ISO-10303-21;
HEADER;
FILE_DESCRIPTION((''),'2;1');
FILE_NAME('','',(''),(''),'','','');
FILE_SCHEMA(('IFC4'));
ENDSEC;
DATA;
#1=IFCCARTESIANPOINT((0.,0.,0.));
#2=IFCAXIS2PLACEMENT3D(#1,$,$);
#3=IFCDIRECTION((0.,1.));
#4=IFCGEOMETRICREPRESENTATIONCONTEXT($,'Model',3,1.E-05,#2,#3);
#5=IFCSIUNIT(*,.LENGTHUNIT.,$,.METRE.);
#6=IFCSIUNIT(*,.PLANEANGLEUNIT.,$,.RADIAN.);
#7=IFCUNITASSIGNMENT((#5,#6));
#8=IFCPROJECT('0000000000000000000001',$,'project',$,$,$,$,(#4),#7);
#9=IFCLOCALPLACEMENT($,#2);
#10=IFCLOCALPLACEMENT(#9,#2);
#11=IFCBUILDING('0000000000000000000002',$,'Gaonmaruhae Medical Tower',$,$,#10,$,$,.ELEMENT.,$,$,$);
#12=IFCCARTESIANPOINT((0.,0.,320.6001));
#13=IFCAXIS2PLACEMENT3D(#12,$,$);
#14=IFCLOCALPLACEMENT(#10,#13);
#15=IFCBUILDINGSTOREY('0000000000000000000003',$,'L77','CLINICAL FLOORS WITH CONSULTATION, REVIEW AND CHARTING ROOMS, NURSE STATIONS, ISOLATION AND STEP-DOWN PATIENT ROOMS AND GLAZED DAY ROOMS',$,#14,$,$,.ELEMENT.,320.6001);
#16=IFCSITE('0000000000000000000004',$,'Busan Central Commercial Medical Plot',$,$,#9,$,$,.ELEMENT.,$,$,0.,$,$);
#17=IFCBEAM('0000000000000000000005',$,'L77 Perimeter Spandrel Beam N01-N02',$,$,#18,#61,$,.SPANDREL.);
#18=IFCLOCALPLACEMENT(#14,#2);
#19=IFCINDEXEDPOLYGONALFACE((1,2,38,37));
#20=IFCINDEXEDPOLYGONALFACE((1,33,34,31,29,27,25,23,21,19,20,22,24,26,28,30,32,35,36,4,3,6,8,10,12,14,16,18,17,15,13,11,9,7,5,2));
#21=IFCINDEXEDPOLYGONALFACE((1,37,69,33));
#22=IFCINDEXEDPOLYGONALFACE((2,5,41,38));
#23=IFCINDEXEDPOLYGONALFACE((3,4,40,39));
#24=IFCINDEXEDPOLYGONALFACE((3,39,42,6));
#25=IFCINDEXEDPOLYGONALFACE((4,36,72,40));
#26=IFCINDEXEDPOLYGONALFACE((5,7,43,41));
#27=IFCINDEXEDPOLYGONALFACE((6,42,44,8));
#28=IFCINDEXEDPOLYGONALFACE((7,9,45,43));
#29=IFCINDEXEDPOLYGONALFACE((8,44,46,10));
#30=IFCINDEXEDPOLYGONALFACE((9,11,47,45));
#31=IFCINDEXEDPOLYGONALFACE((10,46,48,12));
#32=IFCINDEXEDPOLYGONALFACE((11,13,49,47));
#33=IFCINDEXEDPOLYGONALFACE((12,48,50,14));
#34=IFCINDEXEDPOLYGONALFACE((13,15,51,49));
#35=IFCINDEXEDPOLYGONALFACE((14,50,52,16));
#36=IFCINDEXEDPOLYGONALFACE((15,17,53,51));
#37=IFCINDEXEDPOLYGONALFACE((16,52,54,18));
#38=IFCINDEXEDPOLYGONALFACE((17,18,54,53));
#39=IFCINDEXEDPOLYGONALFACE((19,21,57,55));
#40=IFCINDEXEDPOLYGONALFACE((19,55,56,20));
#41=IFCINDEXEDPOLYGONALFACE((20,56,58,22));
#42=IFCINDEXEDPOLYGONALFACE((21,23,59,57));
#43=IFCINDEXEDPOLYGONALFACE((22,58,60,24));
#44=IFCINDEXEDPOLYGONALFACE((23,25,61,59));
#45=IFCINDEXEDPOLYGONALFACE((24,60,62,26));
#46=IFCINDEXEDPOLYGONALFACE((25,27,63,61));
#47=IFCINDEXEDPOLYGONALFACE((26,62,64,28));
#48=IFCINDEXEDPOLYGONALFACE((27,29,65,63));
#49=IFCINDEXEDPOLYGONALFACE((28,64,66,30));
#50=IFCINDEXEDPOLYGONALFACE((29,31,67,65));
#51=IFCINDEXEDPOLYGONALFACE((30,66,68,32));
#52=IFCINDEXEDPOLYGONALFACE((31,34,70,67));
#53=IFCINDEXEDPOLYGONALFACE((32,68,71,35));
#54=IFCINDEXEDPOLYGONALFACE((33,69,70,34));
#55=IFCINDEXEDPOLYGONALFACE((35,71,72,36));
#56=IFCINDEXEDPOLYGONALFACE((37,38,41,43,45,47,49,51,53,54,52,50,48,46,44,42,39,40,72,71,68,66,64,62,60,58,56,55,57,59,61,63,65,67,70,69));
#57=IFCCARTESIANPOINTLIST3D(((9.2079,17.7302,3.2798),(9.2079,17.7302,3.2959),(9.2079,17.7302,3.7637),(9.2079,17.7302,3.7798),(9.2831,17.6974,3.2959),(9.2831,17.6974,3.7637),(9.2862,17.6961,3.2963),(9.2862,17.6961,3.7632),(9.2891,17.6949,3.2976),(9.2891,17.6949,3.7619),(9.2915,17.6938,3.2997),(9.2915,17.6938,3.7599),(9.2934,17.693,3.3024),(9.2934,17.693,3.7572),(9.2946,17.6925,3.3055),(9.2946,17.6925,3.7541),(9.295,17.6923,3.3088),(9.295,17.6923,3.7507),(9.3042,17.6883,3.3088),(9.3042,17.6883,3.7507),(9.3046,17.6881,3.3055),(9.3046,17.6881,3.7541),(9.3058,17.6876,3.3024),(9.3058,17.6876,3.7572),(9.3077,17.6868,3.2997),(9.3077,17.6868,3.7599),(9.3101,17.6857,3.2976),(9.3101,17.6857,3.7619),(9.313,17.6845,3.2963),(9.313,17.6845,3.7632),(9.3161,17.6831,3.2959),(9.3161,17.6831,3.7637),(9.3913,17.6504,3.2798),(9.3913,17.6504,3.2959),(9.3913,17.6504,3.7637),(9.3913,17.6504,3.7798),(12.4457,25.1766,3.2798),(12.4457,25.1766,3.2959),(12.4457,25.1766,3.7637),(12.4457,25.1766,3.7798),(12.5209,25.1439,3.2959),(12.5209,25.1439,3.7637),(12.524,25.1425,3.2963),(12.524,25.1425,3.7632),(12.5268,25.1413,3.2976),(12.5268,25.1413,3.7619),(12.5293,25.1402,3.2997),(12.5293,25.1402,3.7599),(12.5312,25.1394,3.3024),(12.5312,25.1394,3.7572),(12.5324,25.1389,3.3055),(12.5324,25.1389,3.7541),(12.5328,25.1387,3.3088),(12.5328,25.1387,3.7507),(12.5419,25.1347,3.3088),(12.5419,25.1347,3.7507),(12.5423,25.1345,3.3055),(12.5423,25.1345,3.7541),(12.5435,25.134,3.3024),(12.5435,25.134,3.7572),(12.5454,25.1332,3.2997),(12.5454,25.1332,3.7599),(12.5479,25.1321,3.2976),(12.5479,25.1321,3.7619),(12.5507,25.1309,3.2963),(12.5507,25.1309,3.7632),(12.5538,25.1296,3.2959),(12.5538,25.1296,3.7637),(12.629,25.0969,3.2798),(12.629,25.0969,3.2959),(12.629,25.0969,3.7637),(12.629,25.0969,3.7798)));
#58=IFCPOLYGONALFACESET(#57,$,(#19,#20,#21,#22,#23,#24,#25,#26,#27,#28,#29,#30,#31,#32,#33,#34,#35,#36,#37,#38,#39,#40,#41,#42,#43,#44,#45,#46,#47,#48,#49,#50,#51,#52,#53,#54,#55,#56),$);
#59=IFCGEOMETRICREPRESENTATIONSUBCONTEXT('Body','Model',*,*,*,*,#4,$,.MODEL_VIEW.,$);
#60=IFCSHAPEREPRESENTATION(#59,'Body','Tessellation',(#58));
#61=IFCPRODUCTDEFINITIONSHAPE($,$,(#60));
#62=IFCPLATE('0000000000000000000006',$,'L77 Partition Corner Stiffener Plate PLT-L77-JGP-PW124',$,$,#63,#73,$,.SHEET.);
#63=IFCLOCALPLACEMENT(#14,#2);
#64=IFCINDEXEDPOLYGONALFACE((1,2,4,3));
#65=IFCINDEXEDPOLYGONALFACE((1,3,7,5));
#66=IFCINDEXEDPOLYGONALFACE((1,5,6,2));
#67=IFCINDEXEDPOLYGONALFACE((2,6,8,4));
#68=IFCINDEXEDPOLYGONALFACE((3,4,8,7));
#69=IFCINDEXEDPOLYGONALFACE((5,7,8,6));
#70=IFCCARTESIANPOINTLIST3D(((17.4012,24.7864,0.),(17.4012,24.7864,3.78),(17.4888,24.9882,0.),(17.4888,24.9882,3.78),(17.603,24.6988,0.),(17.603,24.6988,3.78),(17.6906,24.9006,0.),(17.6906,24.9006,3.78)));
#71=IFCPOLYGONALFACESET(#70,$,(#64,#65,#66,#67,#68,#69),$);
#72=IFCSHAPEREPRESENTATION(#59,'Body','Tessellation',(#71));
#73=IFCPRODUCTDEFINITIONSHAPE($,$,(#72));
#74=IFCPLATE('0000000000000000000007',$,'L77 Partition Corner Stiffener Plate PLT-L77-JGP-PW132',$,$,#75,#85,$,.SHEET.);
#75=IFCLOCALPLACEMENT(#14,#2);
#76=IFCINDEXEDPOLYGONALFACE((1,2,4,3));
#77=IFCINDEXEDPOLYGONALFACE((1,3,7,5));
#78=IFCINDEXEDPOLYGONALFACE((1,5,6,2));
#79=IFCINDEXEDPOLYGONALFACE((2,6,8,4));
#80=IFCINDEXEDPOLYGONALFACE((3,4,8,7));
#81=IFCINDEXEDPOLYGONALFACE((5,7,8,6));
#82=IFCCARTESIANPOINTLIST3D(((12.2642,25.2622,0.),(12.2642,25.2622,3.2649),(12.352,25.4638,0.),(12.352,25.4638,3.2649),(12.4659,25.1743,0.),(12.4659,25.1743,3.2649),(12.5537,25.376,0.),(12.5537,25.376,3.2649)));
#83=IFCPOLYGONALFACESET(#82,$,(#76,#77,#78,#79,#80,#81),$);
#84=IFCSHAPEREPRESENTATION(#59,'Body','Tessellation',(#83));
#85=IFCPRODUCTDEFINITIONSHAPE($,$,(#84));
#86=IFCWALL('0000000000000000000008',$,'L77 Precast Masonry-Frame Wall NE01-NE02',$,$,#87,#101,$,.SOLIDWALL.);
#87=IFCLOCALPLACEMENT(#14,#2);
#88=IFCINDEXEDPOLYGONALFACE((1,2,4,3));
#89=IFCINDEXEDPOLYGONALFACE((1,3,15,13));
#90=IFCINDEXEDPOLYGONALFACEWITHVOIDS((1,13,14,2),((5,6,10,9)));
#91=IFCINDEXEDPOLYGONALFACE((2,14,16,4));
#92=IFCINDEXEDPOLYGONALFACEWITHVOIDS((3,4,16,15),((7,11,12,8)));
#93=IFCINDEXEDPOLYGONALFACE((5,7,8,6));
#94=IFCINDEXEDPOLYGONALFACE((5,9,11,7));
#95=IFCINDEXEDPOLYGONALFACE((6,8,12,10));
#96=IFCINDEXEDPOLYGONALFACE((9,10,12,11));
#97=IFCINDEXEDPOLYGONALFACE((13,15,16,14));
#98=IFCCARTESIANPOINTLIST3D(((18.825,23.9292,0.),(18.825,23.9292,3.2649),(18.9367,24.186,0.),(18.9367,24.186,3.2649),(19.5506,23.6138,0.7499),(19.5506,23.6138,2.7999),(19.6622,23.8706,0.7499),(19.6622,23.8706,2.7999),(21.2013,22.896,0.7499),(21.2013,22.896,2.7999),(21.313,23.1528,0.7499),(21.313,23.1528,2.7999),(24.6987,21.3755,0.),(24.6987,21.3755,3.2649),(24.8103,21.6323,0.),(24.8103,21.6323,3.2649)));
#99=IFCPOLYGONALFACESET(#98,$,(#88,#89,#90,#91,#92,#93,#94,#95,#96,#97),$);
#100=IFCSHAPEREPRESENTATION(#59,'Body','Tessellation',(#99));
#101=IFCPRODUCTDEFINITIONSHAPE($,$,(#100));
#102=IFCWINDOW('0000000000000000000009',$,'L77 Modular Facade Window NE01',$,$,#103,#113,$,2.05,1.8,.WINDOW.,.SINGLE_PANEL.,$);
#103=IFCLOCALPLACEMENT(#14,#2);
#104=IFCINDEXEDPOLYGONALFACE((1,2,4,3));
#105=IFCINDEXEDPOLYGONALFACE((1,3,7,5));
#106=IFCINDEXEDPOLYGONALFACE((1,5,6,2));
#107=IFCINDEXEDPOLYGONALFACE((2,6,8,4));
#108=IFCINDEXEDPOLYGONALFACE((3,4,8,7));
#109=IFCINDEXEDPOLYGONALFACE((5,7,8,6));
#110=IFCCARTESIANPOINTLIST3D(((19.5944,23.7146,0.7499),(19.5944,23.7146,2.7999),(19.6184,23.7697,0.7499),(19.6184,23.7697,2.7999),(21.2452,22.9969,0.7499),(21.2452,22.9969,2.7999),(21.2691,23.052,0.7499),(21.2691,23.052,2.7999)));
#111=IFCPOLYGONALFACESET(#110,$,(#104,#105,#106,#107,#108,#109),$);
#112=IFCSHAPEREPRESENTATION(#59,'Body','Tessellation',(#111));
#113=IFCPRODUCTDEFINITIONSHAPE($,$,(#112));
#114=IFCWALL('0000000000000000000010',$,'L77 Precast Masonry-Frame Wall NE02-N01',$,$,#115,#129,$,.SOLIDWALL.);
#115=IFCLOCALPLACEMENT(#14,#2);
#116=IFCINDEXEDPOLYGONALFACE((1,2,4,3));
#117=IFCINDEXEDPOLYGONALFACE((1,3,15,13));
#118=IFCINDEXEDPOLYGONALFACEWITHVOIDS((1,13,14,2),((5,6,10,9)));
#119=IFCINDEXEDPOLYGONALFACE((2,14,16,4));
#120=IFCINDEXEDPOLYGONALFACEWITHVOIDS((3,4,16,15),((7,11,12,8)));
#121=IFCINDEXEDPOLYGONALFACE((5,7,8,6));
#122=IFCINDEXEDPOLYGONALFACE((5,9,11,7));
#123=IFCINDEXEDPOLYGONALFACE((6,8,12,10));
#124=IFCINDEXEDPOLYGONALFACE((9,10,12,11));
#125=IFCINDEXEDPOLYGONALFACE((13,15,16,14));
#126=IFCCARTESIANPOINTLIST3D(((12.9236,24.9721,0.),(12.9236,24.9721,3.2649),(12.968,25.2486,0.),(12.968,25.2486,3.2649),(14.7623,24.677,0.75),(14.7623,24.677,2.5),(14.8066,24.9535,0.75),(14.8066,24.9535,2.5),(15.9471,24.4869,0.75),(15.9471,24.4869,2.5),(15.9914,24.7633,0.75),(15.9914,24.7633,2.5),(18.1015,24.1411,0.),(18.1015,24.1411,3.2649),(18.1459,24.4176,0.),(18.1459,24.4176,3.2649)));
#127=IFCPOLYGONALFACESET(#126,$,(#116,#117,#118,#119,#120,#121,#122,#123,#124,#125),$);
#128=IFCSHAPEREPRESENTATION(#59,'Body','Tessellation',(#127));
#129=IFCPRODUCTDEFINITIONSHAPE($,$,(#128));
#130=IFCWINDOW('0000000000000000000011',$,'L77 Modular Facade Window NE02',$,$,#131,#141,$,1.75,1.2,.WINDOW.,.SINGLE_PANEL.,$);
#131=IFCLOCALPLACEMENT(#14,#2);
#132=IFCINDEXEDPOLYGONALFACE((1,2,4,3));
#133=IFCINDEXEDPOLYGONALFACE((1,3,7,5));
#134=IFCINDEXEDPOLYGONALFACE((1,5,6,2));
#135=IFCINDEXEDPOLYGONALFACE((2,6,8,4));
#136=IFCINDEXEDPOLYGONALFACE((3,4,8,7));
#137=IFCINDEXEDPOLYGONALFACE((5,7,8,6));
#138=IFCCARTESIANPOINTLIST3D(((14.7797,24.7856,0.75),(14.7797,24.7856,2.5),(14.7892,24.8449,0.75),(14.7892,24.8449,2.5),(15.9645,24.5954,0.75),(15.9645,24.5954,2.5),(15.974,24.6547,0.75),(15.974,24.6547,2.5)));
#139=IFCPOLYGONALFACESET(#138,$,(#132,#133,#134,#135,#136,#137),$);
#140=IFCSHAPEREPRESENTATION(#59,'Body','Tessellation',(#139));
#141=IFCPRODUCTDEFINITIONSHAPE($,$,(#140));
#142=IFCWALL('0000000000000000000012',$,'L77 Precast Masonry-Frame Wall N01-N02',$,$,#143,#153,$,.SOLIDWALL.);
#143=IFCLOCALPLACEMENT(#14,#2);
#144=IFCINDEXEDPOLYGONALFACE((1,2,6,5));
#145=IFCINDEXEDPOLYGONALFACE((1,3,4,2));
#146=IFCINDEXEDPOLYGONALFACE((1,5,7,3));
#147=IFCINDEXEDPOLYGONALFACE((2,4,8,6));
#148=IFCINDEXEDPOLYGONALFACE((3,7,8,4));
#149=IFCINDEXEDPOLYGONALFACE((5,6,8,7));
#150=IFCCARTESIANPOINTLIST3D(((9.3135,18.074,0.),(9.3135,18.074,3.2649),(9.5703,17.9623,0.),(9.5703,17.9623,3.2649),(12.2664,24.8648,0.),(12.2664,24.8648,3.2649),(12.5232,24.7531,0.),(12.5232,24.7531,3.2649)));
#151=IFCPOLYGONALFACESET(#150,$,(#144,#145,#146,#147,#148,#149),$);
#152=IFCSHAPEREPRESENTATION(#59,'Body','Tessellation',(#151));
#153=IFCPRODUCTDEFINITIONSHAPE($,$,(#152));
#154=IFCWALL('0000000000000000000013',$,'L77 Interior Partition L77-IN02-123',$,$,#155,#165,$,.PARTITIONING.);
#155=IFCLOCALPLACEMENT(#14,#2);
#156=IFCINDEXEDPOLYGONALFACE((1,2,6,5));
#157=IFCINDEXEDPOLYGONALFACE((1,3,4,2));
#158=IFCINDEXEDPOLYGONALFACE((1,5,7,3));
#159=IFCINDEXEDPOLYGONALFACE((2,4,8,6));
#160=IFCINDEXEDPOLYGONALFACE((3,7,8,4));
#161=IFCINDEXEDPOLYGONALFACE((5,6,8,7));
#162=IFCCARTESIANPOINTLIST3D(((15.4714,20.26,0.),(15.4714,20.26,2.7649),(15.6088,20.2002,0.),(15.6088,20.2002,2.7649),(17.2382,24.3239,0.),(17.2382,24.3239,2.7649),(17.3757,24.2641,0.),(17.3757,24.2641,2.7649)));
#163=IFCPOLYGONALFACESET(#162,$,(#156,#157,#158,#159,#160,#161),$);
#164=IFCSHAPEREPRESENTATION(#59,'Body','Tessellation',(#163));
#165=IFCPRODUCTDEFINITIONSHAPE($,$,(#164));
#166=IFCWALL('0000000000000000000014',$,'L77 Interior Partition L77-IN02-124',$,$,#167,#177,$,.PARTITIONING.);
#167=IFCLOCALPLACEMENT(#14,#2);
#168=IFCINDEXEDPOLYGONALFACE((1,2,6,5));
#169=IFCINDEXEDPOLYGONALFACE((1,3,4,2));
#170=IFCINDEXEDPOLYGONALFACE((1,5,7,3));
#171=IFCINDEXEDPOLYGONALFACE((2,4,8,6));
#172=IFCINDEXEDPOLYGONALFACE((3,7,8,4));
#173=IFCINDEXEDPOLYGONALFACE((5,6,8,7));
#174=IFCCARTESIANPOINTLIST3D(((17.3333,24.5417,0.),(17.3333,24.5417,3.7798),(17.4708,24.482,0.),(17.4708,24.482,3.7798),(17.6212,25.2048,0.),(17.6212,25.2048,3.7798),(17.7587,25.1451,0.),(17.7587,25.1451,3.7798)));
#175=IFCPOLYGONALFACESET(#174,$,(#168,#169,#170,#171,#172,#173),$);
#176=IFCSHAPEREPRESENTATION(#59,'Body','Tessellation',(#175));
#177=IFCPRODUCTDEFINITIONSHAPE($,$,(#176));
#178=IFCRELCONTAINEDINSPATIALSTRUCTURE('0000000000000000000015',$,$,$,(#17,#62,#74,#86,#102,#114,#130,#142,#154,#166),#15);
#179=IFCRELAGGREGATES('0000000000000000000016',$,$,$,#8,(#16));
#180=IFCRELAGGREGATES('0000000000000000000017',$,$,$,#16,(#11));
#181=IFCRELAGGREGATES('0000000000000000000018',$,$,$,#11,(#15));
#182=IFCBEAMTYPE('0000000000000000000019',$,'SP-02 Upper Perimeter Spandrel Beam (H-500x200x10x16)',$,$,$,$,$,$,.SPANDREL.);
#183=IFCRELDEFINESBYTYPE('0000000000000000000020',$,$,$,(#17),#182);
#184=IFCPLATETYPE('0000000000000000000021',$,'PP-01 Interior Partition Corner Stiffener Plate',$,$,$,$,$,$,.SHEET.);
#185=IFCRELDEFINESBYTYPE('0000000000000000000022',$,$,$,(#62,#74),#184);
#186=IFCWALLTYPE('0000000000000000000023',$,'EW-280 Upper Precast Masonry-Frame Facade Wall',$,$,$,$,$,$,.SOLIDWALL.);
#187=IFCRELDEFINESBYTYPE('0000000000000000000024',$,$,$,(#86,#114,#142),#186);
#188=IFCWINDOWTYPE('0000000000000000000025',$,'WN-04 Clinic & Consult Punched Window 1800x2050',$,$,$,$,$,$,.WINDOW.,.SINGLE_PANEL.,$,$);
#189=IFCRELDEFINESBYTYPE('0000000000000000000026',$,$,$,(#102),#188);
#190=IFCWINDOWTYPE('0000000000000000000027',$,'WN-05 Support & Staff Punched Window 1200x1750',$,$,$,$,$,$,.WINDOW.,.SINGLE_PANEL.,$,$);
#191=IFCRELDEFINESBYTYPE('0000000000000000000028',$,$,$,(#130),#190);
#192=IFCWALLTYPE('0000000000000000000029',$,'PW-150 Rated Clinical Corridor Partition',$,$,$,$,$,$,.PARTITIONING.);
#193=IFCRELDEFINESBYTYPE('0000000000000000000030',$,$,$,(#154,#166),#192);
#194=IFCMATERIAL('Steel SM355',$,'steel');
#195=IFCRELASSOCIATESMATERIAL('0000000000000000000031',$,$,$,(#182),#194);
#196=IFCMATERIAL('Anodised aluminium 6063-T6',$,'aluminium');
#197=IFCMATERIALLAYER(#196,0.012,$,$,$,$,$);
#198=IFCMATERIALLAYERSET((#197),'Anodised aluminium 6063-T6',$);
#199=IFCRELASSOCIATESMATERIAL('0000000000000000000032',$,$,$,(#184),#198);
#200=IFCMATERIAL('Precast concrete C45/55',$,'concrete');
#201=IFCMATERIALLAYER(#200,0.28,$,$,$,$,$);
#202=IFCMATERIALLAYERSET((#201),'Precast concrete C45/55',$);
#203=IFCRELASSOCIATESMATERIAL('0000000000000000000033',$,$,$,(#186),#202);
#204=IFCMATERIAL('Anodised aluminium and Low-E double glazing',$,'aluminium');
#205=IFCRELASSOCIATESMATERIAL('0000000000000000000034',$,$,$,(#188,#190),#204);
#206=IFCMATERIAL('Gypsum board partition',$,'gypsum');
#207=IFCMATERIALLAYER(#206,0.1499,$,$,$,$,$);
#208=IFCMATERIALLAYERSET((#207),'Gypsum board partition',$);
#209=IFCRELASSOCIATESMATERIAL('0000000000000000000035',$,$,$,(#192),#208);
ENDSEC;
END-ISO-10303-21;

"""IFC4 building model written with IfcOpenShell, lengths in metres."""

from ifc_helpers import new_model, si_unit, direction, frame, frame_2d, origin, origin_2d, place, context, subcontext, project, spatial, rectangle, i_section, extrude, material, layer, layer_set, material_profile, profile_set, type_object, element, fill, save


model = new_model("IFC4")

# Units and contexts
model_context = context("Model", 3, precision=1e-05, world=origin(), true_north=direction((0.0, 1.0)))
body_context = subcontext(model_context, "Body", "Model", "MODEL_VIEW")
ifc_project = project(units=[si_unit("LENGTHUNIT", "METRE"), si_unit("PLANEANGLEUNIT", "RADIAN")], contexts=[model_context])

# Site, building, storey
site_placement = place(None, origin())
site = spatial("IfcSite", under=ifc_project, at=site_placement, Name="Busan Central Commercial Medical Plot", CompositionType="ELEMENT", RefElevation=0.0)
building_placement = place(site_placement, origin())
building = spatial("IfcBuilding", under=site, at=building_placement, Name="Gaonmaruhae Medical Tower", CompositionType="ELEMENT")
storey_placement = place(building_placement, frame((0.0, 0.0, 320.6001)))
storey = spatial("IfcBuildingStorey", under=building, at=storey_placement, Name="L77", Description="CLINICAL FLOORS WITH CONSULTATION, REVIEW AND CHARTING ROOMS, NURSE STATIONS, ISOLATION AND STEP-DOWN PATIENT ROOMS AND GLAZED DAY ROOMS", CompositionType="ELEMENT", Elevation=320.6001)

# Beam
ifc_material_1 = material(Name="Steel SM355", Category="steel")
ifc_material_profile_1 = material_profile(ifc_material_1, i_section(OverallWidth=0.2, OverallDepth=0.5, WebThickness=0.01, FlangeThickness=0.0161, FilletRadius=0.0129, at=origin_2d()), Name="H-500x200x10x16")
ifc_profile_set_1 = profile_set([ifc_material_profile_1], Name="Steel SM355")
beam_type_1 = type_object("IfcBeamType", Name="SP-02 Upper Perimeter Spandrel Beam (H-500x200x10x16)", PredefinedType="SPANDREL", material=ifc_profile_set_1)
beam_1_placement = place(storey_placement, frame((12.5374, 25.1367, 3.5298), z_axis=(-0.398744, -0.917062, 0.0), x_axis=(0.917062, -0.398744, 0.0)))
element("IfcBeam", 1, at=beam_1_placement, inside=storey, type_object=beam_type_1, Name="L77 Perimeter Spandrel Beam N01-N02", PredefinedType="SPANDREL", context=body_context, shape_type="SweptSolid", body=[
    extrude(i_section(OverallWidth=0.2, OverallDepth=0.5, WebThickness=0.01, FlangeThickness=0.0161, FilletRadius=0.0129, at=origin_2d()), origin(), (0.0, 0.0, 1.0), 8.1199),
])

# Plates
ifc_material_2 = material(Name="Anodised aluminium 6063-T6", Category="aluminium")
ifc_layer_1 = layer(ifc_material_2, 0.012)
ifc_layer_set_1 = layer_set([ifc_layer_1], Name="Anodised aluminium 6063-T6")
plate_type = type_object("IfcPlateType", Name="PP-01 Interior Partition Corner Stiffener Plate", PredefinedType="SHEET", material=ifc_layer_set_1)
plate_1_placement = place(storey_placement, frame((17.5459, 24.8435, 0.0), z_axis=(0.0, 0.0, 1.0), x_axis=(0.398429, 0.917199, 0.0)))
element("IfcPlate", 2, at=plate_1_placement, inside=storey, type_object=plate_type, Name="L77 Partition Corner Stiffener Plate PLT-L77-JGP-PW124", PredefinedType="SHEET", context=body_context, shape_type="SweptSolid", body=[
    extrude(rectangle(XDim=0.22, YDim=0.22, at=origin_2d()), origin(), (0.0, 0.0, 1.0), 3.78),
])
plate_2_placement = place(storey_placement, frame((12.4089, 25.3191, 0.0), z_axis=(0.0, 0.0, 1.0), x_axis=(0.399261, 0.916837, 0.0)))
element("IfcPlate", 3, at=plate_2_placement, inside=storey, type_object=plate_type, Name="L77 Partition Corner Stiffener Plate PLT-L77-JGP-PW132", PredefinedType="SHEET", context=body_context, shape_type="SweptSolid", body=[
    extrude(rectangle(XDim=0.22, YDim=0.22, at=origin_2d()), origin(), (0.0, 0.0, 1.0), 3.2649),
])

# Walls, openings, windows
ifc_material_3 = material(Name="Precast concrete C45/55", Category="concrete")
ifc_layer_2 = layer(ifc_material_3, 0.28)
ifc_layer_set_2 = layer_set([ifc_layer_2], Name="Precast concrete C45/55")
wall_type_1 = type_object("IfcWallType", Name="EW-280 Upper Precast Masonry-Frame Facade Wall", PredefinedType="SOLIDWALL", material=ifc_layer_set_2)
wall_1_placement = place(storey_placement, frame((18.8809, 24.0576, 0.0), z_axis=(0.0, 0.0, 1.0), x_axis=(0.91707, -0.398726, 0.0)))
wall_1 = element("IfcWall", 4, at=wall_1_placement, inside=storey, type_object=wall_type_1, Name="L77 Precast Masonry-Frame Wall NE01-NE02", PredefinedType="SOLIDWALL", context=body_context, shape_type="SweptSolid", body=[
    extrude(rectangle(XDim=6.4048, YDim=0.28, at=frame_2d((3.2024, 0.0))), origin(), (0.0, 0.0, 1.0), 3.2649),
])
opening_1_placement = place(wall_1_placement, frame((0.7913, 0.0, 0.75)))
opening_1 = element("IfcOpeningElement", 5, at=opening_1_placement, cuts=wall_1, PredefinedType="OPENING", context=body_context, shape_type="SweptSolid", body=[
    extrude(rectangle(XDim=1.8, YDim=2.05, at=frame_2d((0.8999, 1.0249))), frame((0.0, 0.1499, 0.0), z_axis=(0.0, -1.0, 0.0), x_axis=(1.0, 0.0, 0.0)), (0.0, 0.0, 1.0), 0.3),
])
ifc_material_4 = material(Name="Anodised aluminium and Low-E double glazing", Category="aluminium")
window_type_1 = type_object("IfcWindowType", Name="WN-04 Clinic & Consult Punched Window 1800x2050", PartitioningType="SINGLE_PANEL", PredefinedType="WINDOW", material=ifc_material_4)
window_1_placement = place(opening_1_placement, origin())
window_1 = element("IfcWindow", 6, at=window_1_placement, inside=storey, type_object=window_type_1, Name="L77 Modular Facade Window NE01", OverallHeight=2.05, OverallWidth=1.8, PartitioningType="SINGLE_PANEL", PredefinedType="WINDOW", context=body_context, shape_type="SweptSolid", body=[
    extrude(rectangle(XDim=1.8, YDim=2.05, at=frame_2d((0.8999, 1.0249))), frame((0.0, 0.03, 0.0), z_axis=(0.0, -1.0, 0.0), x_axis=(1.0, 0.0, 0.0)), (0.0, 0.0, 1.0), 0.0601),
])
fill(opening_1, window_1)
wall_2_placement = place(storey_placement, frame((12.9458, 25.1104, 0.0), z_axis=(0.0, 0.0, 1.0), x_axis=(0.987364, -0.15847, 0.0)))
wall_2 = element("IfcWall", 7, at=wall_2_placement, inside=storey, type_object=wall_type_1, Name="L77 Precast Masonry-Frame Wall NE02-N01", PredefinedType="SOLIDWALL", context=body_context, shape_type="SweptSolid", body=[
    extrude(rectangle(XDim=5.2441, YDim=0.28, at=frame_2d((2.6221, 0.0))), origin(), (0.0, 0.0, 1.0), 3.2649),
])
opening_2_placement = place(wall_2_placement, frame((1.8621, 0.0, 0.75)))
opening_2 = element("IfcOpeningElement", 8, at=opening_2_placement, cuts=wall_2, PredefinedType="OPENING", context=body_context, shape_type="SweptSolid", body=[
    extrude(rectangle(XDim=1.2, YDim=1.75, at=frame_2d((0.6001, 0.875))), frame((0.0, 0.1499, 0.0), z_axis=(0.0, -1.0, 0.0), x_axis=(1.0, 0.0, 0.0)), (0.0, 0.0, 1.0), 0.3),
])
window_type_2 = type_object("IfcWindowType", Name="WN-05 Support & Staff Punched Window 1200x1750", PartitioningType="SINGLE_PANEL", PredefinedType="WINDOW", material=ifc_material_4)
window_2_placement = place(opening_2_placement, origin())
window_2 = element("IfcWindow", 9, at=window_2_placement, inside=storey, type_object=window_type_2, Name="L77 Modular Facade Window NE02", OverallHeight=1.75, OverallWidth=1.2, PartitioningType="SINGLE_PANEL", PredefinedType="WINDOW", context=body_context, shape_type="SweptSolid", body=[
    extrude(rectangle(XDim=1.2, YDim=1.75, at=frame_2d((0.6001, 0.875))), frame((0.0, 0.03, 0.0), z_axis=(0.0, -1.0, 0.0), x_axis=(1.0, 0.0, 0.0)), (0.0, 0.0, 1.0), 0.0601),
])
fill(opening_2, window_2)

# Walls
wall_3_placement = place(storey_placement, frame((9.4419, 18.0181, 0.0), z_axis=(0.0, 0.0, 1.0), x_axis=(0.398768, 0.917052, 0.0)))
element("IfcWall", 10, at=wall_3_placement, inside=storey, type_object=wall_type_1, Name="L77 Precast Masonry-Frame Wall N01-N02", PredefinedType="SOLIDWALL", context=body_context, shape_type="SweptSolid", body=[
    extrude(rectangle(XDim=7.405, YDim=0.28, at=frame_2d((3.7026, 0.0))), origin(), (0.0, 0.0, 1.0), 3.2649),
])
ifc_material_5 = material(Name="Gypsum board partition", Category="gypsum")
ifc_layer_3 = layer(ifc_material_5, 0.1499)
ifc_layer_set_3 = layer_set([ifc_layer_3], Name="Gypsum board partition")
wall_type_2 = type_object("IfcWallType", Name="PW-150 Rated Clinical Corridor Partition", PredefinedType="PARTITIONING", material=ifc_layer_set_3)
wall_4_placement = place(storey_placement, frame((15.54, 20.23, 0.0), z_axis=(0.0, 0.0, 1.0), x_axis=(0.398708, 0.917078, 0.0)))
element("IfcWall", 11, at=wall_4_placement, inside=storey, type_object=wall_type_2, Name="L77 Interior Partition L77-IN02-123", PredefinedType="PARTITIONING", context=body_context, shape_type="SweptSolid", body=[
    extrude(rectangle(XDim=4.4314, YDim=0.1499, at=frame_2d((2.2158, 0.0))), origin(), (0.0, 0.0, 1.0), 2.7649),
])
wall_5_placement = place(storey_placement, frame((17.4021, 24.512, 0.0), z_axis=(0.0, 0.0, 1.0), x_axis=(0.398195, 0.917301, 0.0)))
element("IfcWall", 12, at=wall_5_placement, inside=storey, type_object=wall_type_2, Name="L77 Interior Partition L77-IN02-124", PredefinedType="PARTITIONING", context=body_context, shape_type="SweptSolid", body=[
    extrude(rectangle(XDim=0.7229, YDim=0.1499, at=frame_2d((0.3613, 0.0))), origin(), (0.0, 0.0, 1.0), 3.7798),
])

save(model, "model.ifc")
